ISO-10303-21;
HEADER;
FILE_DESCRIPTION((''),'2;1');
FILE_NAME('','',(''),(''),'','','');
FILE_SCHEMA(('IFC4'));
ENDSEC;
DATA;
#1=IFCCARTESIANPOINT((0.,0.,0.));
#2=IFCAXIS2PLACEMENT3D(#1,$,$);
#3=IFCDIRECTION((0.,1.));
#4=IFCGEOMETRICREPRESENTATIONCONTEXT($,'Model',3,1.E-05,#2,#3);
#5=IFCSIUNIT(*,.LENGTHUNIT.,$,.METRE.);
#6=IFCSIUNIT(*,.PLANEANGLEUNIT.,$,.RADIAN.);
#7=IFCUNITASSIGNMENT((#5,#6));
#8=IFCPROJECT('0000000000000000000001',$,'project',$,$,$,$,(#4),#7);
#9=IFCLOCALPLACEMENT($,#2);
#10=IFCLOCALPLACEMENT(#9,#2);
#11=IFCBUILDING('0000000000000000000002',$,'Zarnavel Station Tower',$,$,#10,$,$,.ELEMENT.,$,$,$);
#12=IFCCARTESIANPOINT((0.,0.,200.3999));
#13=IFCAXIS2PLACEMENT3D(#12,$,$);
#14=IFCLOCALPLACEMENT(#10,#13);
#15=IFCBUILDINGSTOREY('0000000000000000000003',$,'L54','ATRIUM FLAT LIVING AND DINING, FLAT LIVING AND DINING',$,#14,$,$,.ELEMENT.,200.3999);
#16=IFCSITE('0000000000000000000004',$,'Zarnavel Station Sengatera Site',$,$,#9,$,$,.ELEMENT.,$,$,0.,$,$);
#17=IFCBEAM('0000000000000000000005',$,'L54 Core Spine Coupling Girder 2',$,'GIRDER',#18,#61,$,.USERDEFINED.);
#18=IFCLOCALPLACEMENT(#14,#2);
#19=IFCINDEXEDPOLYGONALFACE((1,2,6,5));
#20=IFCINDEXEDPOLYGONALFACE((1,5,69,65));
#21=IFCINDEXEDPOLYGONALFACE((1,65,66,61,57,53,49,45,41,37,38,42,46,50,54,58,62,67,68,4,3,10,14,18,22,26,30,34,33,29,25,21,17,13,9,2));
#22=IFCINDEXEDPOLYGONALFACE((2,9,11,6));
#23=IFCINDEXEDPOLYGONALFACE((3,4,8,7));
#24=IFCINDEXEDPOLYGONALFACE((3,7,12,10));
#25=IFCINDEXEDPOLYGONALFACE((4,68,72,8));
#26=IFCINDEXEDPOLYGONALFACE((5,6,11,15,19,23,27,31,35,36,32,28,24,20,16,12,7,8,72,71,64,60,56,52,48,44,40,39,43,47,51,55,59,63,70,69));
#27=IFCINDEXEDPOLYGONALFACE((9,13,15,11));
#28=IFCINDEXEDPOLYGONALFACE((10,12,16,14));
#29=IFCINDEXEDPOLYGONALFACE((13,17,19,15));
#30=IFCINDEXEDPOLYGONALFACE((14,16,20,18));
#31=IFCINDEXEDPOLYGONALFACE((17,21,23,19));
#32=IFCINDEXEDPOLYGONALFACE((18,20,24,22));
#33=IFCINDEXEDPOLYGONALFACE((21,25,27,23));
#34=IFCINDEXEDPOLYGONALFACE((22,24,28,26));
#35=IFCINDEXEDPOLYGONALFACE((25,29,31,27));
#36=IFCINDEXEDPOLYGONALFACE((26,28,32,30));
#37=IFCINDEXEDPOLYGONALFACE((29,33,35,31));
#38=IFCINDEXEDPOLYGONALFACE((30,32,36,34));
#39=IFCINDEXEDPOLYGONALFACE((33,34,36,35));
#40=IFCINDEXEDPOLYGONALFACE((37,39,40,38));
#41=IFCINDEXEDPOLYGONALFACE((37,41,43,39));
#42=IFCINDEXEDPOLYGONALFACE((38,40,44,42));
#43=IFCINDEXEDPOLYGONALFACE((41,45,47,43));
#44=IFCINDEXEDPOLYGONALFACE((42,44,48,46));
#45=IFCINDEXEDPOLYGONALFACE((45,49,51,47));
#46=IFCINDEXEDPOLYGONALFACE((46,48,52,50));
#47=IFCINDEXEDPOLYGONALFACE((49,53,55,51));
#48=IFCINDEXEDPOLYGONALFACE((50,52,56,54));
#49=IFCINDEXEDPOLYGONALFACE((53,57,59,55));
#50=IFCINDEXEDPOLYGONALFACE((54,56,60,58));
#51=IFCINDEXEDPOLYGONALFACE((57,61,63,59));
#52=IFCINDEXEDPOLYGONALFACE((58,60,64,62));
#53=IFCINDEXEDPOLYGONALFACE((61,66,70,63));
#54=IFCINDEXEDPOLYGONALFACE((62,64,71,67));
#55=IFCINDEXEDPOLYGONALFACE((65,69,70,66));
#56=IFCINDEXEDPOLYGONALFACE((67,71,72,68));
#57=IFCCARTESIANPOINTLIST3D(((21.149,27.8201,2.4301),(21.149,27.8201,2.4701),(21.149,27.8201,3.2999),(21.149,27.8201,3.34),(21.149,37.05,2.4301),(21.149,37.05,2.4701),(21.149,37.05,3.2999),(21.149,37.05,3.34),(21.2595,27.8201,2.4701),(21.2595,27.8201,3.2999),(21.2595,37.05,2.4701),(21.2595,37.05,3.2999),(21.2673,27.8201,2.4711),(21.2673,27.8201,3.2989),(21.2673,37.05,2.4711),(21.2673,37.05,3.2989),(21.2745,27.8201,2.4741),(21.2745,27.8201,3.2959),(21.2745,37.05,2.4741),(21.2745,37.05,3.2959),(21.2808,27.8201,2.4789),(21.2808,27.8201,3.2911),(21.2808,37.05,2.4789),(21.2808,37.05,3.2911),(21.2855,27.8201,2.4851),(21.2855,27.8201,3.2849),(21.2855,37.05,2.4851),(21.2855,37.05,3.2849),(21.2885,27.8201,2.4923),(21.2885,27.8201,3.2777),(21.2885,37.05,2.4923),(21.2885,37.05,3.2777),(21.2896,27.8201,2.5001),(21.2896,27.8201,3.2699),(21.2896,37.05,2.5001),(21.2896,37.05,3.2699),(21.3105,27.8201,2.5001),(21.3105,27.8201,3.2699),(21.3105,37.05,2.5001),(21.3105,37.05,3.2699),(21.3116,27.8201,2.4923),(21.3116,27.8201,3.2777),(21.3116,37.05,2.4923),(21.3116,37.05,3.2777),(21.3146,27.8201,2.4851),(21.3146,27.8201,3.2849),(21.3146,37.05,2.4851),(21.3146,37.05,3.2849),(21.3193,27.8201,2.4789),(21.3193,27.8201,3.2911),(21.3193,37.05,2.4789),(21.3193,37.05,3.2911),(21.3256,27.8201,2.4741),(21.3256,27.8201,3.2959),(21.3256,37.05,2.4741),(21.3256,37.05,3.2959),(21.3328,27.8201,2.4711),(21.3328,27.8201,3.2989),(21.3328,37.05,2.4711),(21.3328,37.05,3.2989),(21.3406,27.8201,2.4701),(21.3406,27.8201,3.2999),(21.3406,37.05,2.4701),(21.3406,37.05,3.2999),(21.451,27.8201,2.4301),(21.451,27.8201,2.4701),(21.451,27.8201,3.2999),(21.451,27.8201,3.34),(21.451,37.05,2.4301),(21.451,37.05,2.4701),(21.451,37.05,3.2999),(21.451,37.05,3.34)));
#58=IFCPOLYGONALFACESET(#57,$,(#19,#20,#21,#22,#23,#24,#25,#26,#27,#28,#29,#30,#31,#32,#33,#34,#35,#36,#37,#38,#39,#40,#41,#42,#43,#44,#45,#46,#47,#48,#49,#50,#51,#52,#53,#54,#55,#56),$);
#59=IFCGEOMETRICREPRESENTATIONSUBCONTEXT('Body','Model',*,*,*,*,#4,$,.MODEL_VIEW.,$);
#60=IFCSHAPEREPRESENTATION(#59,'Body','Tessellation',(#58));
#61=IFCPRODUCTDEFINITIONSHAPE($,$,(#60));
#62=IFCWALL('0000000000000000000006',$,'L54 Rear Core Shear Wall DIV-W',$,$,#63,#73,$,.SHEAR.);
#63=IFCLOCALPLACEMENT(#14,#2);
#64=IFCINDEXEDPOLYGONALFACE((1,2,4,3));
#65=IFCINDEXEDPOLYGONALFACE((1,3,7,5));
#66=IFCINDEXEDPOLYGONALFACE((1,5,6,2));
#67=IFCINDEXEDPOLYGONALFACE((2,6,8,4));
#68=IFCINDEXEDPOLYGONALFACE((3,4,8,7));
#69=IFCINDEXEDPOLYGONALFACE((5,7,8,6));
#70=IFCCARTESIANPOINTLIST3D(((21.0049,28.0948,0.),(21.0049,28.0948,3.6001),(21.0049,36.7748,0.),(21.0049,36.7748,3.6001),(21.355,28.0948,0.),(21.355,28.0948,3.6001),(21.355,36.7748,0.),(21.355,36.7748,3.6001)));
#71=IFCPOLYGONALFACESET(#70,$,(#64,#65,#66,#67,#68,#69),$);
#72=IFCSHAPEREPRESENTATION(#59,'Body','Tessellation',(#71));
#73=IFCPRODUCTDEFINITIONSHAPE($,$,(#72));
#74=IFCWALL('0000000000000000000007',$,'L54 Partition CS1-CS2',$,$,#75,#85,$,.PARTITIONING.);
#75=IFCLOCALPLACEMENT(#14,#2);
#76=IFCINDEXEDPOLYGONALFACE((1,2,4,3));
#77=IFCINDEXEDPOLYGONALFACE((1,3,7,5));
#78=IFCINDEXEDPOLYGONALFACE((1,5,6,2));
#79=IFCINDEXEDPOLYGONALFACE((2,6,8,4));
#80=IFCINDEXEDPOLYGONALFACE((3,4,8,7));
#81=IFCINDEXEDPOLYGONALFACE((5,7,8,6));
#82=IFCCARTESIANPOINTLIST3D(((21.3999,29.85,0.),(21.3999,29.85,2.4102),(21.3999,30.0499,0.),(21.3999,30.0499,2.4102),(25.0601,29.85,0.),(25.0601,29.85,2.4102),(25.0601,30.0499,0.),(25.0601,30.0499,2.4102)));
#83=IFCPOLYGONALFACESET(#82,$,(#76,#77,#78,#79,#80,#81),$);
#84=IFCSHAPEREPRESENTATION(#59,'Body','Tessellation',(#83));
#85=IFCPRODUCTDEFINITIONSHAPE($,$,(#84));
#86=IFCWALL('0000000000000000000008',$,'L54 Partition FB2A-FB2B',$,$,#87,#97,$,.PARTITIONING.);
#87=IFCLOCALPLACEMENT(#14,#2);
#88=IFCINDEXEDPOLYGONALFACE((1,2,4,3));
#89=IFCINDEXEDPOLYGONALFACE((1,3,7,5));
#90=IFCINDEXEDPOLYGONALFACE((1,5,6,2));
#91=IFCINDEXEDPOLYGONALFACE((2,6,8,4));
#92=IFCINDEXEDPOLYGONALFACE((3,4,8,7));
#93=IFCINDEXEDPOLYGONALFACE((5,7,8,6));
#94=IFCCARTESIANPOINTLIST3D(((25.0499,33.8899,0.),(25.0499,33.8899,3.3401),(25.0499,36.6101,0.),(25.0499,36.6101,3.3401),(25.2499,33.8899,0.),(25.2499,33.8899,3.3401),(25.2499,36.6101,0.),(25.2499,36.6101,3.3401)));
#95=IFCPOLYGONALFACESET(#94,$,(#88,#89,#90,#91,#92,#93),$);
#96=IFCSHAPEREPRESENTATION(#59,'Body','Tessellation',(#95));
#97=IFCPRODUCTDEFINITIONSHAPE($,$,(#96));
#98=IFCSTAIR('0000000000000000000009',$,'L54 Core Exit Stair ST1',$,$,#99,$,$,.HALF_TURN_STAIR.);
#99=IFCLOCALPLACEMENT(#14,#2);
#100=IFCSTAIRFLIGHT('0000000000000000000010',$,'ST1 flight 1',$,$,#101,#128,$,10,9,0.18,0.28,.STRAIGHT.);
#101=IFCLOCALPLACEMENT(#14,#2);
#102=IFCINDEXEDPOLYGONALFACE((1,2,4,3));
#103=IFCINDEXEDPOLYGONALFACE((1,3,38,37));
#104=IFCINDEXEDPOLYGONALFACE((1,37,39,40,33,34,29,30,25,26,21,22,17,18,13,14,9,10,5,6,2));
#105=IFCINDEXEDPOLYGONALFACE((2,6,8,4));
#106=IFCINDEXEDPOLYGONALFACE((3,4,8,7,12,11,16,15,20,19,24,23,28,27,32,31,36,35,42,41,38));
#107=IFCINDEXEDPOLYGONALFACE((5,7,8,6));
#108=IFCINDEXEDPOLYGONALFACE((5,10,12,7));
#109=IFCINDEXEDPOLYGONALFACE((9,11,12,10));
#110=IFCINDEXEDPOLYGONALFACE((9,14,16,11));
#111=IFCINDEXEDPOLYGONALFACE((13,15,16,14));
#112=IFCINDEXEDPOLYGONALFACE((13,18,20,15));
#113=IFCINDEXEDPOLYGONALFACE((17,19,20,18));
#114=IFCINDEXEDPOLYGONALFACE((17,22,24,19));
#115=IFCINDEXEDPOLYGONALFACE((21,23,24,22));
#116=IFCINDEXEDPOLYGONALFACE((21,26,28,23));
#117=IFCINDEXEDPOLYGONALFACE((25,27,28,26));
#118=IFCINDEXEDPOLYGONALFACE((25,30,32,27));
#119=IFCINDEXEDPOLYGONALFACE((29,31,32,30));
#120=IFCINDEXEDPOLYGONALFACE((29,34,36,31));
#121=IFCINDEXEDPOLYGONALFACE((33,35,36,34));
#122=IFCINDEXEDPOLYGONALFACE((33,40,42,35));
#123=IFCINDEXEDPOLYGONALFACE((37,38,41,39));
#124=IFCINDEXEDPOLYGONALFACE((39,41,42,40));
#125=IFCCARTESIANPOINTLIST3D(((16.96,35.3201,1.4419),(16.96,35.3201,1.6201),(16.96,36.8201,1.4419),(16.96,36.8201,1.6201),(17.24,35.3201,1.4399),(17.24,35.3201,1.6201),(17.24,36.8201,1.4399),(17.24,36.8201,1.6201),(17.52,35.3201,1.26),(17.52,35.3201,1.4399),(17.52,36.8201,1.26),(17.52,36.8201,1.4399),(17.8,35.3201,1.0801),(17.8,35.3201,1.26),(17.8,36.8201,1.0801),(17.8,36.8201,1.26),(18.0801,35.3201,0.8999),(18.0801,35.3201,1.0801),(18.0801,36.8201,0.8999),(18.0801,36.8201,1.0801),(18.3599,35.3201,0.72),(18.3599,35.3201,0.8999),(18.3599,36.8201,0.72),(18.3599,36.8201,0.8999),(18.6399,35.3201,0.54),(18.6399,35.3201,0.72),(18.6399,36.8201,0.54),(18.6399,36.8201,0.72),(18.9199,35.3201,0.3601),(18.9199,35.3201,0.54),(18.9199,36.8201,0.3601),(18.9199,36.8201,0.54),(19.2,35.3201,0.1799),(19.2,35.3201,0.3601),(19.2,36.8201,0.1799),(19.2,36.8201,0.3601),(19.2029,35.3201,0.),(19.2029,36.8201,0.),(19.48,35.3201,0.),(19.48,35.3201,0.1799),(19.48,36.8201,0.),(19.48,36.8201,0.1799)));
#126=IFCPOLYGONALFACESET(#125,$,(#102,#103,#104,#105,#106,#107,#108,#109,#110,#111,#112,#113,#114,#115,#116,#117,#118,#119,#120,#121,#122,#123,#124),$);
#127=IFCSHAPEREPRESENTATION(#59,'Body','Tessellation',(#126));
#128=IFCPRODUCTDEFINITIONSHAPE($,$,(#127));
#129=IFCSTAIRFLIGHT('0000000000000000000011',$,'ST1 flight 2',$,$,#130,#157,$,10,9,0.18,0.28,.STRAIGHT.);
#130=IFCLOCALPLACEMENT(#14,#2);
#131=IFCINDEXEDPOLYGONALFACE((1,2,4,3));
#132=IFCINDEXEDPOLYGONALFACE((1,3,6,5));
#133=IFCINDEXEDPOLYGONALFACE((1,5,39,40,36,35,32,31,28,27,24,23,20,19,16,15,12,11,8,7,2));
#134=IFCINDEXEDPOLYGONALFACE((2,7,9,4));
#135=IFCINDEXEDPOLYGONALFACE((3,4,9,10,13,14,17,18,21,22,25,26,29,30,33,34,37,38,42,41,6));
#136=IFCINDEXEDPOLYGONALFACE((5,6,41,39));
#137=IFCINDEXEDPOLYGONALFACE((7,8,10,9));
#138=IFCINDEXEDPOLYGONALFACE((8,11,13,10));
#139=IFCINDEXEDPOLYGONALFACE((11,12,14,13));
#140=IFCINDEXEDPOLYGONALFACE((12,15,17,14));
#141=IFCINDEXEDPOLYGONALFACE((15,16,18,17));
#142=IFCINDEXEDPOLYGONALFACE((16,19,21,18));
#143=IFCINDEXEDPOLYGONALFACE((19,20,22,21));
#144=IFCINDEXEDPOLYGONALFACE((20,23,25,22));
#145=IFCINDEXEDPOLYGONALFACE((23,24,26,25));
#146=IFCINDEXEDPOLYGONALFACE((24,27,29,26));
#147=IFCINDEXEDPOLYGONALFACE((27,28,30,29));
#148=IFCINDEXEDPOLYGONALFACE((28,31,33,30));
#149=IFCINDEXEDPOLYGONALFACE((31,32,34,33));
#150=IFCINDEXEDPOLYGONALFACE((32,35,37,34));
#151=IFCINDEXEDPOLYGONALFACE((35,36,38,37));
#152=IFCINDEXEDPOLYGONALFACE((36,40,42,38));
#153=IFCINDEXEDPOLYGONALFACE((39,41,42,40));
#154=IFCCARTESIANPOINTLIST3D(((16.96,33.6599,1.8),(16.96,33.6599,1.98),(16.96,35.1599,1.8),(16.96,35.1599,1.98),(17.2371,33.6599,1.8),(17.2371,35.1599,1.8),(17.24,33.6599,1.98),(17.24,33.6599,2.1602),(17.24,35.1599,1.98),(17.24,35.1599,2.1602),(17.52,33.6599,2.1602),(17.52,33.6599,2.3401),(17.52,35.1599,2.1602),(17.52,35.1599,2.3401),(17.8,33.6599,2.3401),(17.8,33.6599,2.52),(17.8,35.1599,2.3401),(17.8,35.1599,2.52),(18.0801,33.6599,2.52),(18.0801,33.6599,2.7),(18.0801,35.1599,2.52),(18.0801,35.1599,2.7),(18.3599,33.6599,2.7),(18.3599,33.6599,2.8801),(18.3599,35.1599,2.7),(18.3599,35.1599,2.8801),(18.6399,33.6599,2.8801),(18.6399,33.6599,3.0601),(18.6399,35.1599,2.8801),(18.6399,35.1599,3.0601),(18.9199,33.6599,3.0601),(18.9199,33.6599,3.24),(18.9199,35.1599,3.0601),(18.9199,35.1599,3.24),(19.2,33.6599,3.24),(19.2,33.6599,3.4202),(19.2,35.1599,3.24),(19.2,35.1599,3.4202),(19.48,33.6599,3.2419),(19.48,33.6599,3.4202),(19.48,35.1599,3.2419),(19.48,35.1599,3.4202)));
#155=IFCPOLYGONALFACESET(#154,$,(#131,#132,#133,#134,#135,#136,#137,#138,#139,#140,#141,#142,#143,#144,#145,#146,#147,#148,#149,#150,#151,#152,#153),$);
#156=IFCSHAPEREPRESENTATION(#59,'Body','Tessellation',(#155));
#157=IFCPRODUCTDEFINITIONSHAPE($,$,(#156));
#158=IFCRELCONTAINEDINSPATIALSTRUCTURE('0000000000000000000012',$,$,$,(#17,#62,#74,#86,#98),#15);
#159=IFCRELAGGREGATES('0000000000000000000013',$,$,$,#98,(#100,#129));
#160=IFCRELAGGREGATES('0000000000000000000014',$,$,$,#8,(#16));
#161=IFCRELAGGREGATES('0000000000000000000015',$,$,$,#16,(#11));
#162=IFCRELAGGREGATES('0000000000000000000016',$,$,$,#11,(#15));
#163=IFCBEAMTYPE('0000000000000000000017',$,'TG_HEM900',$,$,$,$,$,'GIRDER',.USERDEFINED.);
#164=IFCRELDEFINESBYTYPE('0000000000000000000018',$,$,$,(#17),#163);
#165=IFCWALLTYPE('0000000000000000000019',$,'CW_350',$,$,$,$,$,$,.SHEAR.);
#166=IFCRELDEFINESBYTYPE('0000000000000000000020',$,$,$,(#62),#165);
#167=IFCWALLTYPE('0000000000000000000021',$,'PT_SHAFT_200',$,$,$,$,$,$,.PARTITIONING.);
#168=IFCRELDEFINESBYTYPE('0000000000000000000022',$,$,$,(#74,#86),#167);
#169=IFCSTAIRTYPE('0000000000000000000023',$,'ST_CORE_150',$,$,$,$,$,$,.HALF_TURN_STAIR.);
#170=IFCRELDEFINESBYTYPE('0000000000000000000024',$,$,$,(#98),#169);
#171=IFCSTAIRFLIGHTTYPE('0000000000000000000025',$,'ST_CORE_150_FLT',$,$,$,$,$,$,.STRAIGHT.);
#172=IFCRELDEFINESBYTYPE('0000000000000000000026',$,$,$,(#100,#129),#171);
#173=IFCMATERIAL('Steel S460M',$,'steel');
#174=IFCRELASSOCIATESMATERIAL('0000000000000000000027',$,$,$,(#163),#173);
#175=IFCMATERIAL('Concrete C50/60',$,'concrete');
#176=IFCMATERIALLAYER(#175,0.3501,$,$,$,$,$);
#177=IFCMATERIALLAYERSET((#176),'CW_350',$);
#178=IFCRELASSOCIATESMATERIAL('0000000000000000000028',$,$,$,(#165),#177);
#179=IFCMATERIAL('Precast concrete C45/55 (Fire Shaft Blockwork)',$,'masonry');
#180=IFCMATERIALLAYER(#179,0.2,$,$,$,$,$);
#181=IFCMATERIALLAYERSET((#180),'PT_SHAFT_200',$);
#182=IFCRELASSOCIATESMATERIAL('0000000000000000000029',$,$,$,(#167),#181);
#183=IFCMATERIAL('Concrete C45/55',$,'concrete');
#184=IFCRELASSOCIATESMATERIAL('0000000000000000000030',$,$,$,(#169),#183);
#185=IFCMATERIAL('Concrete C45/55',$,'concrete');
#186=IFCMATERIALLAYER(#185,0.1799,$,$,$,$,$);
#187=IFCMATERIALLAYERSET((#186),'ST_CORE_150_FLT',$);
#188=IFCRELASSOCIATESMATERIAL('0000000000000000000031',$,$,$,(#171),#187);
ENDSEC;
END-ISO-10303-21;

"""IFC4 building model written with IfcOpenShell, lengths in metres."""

from ifc_helpers import new_model, si_unit, direction, frame, frame_2d, origin, origin_2d, place, context, subcontext, project, spatial, polyline, rectangle, i_section, outline, extrude, material, layer, layer_set, material_profile, profile_set, type_object, element, aggregate, save


model = new_model("IFC4")

# Units and contexts
model_context = context("Model", 3, precision=1e-05, world=origin(), true_north=direction((0.0, 1.0)))
body_context = subcontext(model_context, "Body", "Model", "MODEL_VIEW")
ifc_project = project(units=[si_unit("LENGTHUNIT", "METRE"), si_unit("PLANEANGLEUNIT", "RADIAN")], contexts=[model_context])

# Site, building, storey
site_placement = place(None, origin())
site = spatial("IfcSite", under=ifc_project, at=site_placement, Name="Zarnavel Station Sengatera Site", CompositionType="ELEMENT", RefElevation=0.0)
building_placement = place(site_placement, origin())
building = spatial("IfcBuilding", under=site, at=building_placement, Name="Zarnavel Station Tower", CompositionType="ELEMENT")
storey_placement = place(building_placement, frame((0.0, 0.0, 200.3999)))
storey = spatial("IfcBuildingStorey", under=building, at=storey_placement, Name="L54", Description="ATRIUM FLAT LIVING AND DINING, FLAT LIVING AND DINING", CompositionType="ELEMENT", Elevation=200.3999)

# Beam
ifc_material_1 = material(Name="Steel S460M", Category="steel")
ifc_material_profile_1 = material_profile(ifc_material_1, i_section(OverallWidth=0.302, OverallDepth=0.9099, WebThickness=0.021, FlangeThickness=0.04, FilletRadius=0.03, at=origin_2d()), Name="HEM900")
ifc_profile_set_1 = profile_set([ifc_material_profile_1], Name="Steel S460M")
beam_type_1 = type_object("IfcBeamType", Name="TG_HEM900", ElementType="GIRDER", PredefinedType="USERDEFINED", material=ifc_profile_set_1)
beam_1_placement = place(storey_placement, frame((21.3, 27.8201, 2.885), z_axis=(0.0, 1.0, 0.0), x_axis=(-1.0, 0.0, 0.0)))
element("IfcBeam", 1, at=beam_1_placement, inside=storey, type_object=beam_type_1, Name="L54 Core Spine Coupling Girder 2", ObjectType="GIRDER", PredefinedType="USERDEFINED", context=body_context, shape_type="SweptSolid", body=[
    extrude(i_section(OverallWidth=0.302, OverallDepth=0.9099, WebThickness=0.021, FlangeThickness=0.04, FilletRadius=0.03, at=origin_2d()), origin(), (0.0, 0.0, 1.0), 9.23),
])

# Wall
ifc_material_2 = material(Name="Concrete C50/60", Category="concrete")
ifc_layer_1 = layer(ifc_material_2, 0.3501)
ifc_layer_set_1 = layer_set([ifc_layer_1], Name="CW_350")
wall_type_1 = type_object("IfcWallType", Name="CW_350", PredefinedType="SHEAR", material=ifc_layer_set_1)
wall_1_placement = place(storey_placement, frame((21.1799, 28.095, 0.0), z_axis=(0.0, 0.0, 1.0), x_axis=(0.0, 1.0, 0.0)))
element("IfcWall", 2, at=wall_1_placement, inside=storey, type_object=wall_type_1, Name="L54 Rear Core Shear Wall DIV-W", PredefinedType="SHEAR", context=body_context, shape_type="SweptSolid", body=[
    extrude(rectangle(XDim=8.6799, YDim=0.3501, at=frame_2d((4.3398, 0.0))), origin(), (0.0, 0.0, 1.0), 3.6001),
])

# Shared definitions
ifc_material_3 = material(Name="Precast concrete C45/55 (Fire Shaft Blockwork)", Category="masonry")
ifc_layer_2 = layer(ifc_material_3, 0.2)
ifc_layer_set_2 = layer_set([ifc_layer_2], Name="PT_SHAFT_200")
wall_type_2 = type_object("IfcWallType", Name="PT_SHAFT_200", PredefinedType="PARTITIONING", material=ifc_layer_set_2)

# Walls
wall_2_placement = place(storey_placement, frame((21.3999, 29.95, 0.0), z_axis=(0.0, 0.0, 1.0), x_axis=(1.0, 0.0, 0.0)))
element("IfcWall", 3, at=wall_2_placement, inside=storey, type_object=wall_type_2, Name="L54 Partition CS1-CS2", PredefinedType="PARTITIONING", context=body_context, shape_type="SweptSolid", body=[
    extrude(rectangle(XDim=3.6602, YDim=0.2, at=frame_2d((1.8301, 0.0))), origin(), (0.0, 0.0, 1.0), 2.4102),
])
wall_3_placement = place(storey_placement, frame((25.1499, 33.8899, 0.0), z_axis=(0.0, 0.0, 1.0), x_axis=(0.0, 1.0, 0.0)))
element("IfcWall", 4, at=wall_3_placement, inside=storey, type_object=wall_type_2, Name="L54 Partition FB2A-FB2B", PredefinedType="PARTITIONING", context=body_context, shape_type="SweptSolid", body=[
    extrude(rectangle(XDim=2.7202, YDim=0.2, at=frame_2d((1.3601, 0.0))), origin(), (0.0, 0.0, 1.0), 3.3401),
])

# Stair, stair flights
ifc_material_4 = material(Name="Concrete C45/55", Category="concrete")
stair_type = type_object("IfcStairType", Name="ST_CORE_150", PredefinedType="HALF_TURN_STAIR", material=ifc_material_4)
stair_placement = place(storey_placement, origin())
stair = element("IfcStair", 5, at=stair_placement, inside=storey, type_object=stair_type, Name="L54 Core Exit Stair ST1", PredefinedType="HALF_TURN_STAIR")
ifc_material_5 = material(Name="Concrete C45/55", Category="concrete")
ifc_layer_3 = layer(ifc_material_5, 0.1799)
ifc_layer_set_3 = layer_set([ifc_layer_3], Name="ST_CORE_150_FLT")
stair_flight_type = type_object("IfcStairFlightType", Name="ST_CORE_150_FLT", PredefinedType="STRAIGHT", material=ifc_layer_set_3)
stair_flight_1_placement = place(storey_placement, frame((19.48, 36.0701, 0.0), z_axis=(0.0, 0.0, 1.0), x_axis=(-1.0, 0.0, 0.0)))
stair_flight_1 = element("IfcStairFlight", 6, at=stair_flight_1_placement, type_object=stair_flight_type, Name="ST1 flight 1", NumberOfRisers=10, NumberOfTreads=9, PredefinedType="STRAIGHT", RiserHeight=0.18, TreadLength=0.28, context=body_context, shape_type="SweptSolid", body=[
    extrude(outline(polyline([(0.0, 0.0), (0.0, 0.1799), (0.28, 0.1799), (0.28, 0.3601), (0.5601, 0.3601), (0.5601, 0.54), (0.8401, 0.54), (0.8401, 0.72), (1.1201, 0.72), (1.1201, 0.8999), (1.3999, 0.8999), (1.3999, 1.0801), (1.6799, 1.0801), (1.6799, 1.26), (1.96, 1.26), (1.96, 1.4399), (2.24, 1.4399), (2.24, 1.6201), (2.52, 1.6201), (2.52, 1.8), (2.52, 1.4419), (0.2771, 0.0), (0.0, 0.0)])), frame((0.0, 0.75, 0.0), z_axis=(0.0, -1.0, 0.0), x_axis=(1.0, 0.0, 0.0)), (0.0, 0.0, 1.0), 1.5),
])
stair_flight_2_placement = place(storey_placement, frame((16.96, 34.4099, 1.8), z_axis=(0.0, 0.0, 1.0), x_axis=(1.0, 0.0, 0.0)))
stair_flight_2 = element("IfcStairFlight", 7, at=stair_flight_2_placement, type_object=stair_flight_type, Name="ST1 flight 2", NumberOfRisers=10, NumberOfTreads=9, PredefinedType="STRAIGHT", RiserHeight=0.18, TreadLength=0.28, context=body_context, shape_type="SweptSolid", body=[
    extrude(outline(polyline([(0.0, 0.0), (0.0, 0.1799), (0.28, 0.1799), (0.28, 0.3601), (0.5601, 0.3601), (0.5601, 0.54), (0.8401, 0.54), (0.8401, 0.72), (1.1201, 0.72), (1.1201, 0.8999), (1.3999, 0.8999), (1.3999, 1.0801), (1.6799, 1.0801), (1.6799, 1.26), (1.96, 1.26), (1.96, 1.4399), (2.24, 1.4399), (2.24, 1.6201), (2.52, 1.6201), (2.52, 1.8), (2.52, 1.4419), (0.2771, 0.0), (0.0, 0.0)])), frame((0.0, 0.75, 0.0), z_axis=(0.0, -1.0, 0.0), x_axis=(1.0, 0.0, 0.0)), (0.0, 0.0, 1.0), 1.5),
])
aggregate(stair, [stair_flight_1, stair_flight_2])

save(model, "model.ifc")
